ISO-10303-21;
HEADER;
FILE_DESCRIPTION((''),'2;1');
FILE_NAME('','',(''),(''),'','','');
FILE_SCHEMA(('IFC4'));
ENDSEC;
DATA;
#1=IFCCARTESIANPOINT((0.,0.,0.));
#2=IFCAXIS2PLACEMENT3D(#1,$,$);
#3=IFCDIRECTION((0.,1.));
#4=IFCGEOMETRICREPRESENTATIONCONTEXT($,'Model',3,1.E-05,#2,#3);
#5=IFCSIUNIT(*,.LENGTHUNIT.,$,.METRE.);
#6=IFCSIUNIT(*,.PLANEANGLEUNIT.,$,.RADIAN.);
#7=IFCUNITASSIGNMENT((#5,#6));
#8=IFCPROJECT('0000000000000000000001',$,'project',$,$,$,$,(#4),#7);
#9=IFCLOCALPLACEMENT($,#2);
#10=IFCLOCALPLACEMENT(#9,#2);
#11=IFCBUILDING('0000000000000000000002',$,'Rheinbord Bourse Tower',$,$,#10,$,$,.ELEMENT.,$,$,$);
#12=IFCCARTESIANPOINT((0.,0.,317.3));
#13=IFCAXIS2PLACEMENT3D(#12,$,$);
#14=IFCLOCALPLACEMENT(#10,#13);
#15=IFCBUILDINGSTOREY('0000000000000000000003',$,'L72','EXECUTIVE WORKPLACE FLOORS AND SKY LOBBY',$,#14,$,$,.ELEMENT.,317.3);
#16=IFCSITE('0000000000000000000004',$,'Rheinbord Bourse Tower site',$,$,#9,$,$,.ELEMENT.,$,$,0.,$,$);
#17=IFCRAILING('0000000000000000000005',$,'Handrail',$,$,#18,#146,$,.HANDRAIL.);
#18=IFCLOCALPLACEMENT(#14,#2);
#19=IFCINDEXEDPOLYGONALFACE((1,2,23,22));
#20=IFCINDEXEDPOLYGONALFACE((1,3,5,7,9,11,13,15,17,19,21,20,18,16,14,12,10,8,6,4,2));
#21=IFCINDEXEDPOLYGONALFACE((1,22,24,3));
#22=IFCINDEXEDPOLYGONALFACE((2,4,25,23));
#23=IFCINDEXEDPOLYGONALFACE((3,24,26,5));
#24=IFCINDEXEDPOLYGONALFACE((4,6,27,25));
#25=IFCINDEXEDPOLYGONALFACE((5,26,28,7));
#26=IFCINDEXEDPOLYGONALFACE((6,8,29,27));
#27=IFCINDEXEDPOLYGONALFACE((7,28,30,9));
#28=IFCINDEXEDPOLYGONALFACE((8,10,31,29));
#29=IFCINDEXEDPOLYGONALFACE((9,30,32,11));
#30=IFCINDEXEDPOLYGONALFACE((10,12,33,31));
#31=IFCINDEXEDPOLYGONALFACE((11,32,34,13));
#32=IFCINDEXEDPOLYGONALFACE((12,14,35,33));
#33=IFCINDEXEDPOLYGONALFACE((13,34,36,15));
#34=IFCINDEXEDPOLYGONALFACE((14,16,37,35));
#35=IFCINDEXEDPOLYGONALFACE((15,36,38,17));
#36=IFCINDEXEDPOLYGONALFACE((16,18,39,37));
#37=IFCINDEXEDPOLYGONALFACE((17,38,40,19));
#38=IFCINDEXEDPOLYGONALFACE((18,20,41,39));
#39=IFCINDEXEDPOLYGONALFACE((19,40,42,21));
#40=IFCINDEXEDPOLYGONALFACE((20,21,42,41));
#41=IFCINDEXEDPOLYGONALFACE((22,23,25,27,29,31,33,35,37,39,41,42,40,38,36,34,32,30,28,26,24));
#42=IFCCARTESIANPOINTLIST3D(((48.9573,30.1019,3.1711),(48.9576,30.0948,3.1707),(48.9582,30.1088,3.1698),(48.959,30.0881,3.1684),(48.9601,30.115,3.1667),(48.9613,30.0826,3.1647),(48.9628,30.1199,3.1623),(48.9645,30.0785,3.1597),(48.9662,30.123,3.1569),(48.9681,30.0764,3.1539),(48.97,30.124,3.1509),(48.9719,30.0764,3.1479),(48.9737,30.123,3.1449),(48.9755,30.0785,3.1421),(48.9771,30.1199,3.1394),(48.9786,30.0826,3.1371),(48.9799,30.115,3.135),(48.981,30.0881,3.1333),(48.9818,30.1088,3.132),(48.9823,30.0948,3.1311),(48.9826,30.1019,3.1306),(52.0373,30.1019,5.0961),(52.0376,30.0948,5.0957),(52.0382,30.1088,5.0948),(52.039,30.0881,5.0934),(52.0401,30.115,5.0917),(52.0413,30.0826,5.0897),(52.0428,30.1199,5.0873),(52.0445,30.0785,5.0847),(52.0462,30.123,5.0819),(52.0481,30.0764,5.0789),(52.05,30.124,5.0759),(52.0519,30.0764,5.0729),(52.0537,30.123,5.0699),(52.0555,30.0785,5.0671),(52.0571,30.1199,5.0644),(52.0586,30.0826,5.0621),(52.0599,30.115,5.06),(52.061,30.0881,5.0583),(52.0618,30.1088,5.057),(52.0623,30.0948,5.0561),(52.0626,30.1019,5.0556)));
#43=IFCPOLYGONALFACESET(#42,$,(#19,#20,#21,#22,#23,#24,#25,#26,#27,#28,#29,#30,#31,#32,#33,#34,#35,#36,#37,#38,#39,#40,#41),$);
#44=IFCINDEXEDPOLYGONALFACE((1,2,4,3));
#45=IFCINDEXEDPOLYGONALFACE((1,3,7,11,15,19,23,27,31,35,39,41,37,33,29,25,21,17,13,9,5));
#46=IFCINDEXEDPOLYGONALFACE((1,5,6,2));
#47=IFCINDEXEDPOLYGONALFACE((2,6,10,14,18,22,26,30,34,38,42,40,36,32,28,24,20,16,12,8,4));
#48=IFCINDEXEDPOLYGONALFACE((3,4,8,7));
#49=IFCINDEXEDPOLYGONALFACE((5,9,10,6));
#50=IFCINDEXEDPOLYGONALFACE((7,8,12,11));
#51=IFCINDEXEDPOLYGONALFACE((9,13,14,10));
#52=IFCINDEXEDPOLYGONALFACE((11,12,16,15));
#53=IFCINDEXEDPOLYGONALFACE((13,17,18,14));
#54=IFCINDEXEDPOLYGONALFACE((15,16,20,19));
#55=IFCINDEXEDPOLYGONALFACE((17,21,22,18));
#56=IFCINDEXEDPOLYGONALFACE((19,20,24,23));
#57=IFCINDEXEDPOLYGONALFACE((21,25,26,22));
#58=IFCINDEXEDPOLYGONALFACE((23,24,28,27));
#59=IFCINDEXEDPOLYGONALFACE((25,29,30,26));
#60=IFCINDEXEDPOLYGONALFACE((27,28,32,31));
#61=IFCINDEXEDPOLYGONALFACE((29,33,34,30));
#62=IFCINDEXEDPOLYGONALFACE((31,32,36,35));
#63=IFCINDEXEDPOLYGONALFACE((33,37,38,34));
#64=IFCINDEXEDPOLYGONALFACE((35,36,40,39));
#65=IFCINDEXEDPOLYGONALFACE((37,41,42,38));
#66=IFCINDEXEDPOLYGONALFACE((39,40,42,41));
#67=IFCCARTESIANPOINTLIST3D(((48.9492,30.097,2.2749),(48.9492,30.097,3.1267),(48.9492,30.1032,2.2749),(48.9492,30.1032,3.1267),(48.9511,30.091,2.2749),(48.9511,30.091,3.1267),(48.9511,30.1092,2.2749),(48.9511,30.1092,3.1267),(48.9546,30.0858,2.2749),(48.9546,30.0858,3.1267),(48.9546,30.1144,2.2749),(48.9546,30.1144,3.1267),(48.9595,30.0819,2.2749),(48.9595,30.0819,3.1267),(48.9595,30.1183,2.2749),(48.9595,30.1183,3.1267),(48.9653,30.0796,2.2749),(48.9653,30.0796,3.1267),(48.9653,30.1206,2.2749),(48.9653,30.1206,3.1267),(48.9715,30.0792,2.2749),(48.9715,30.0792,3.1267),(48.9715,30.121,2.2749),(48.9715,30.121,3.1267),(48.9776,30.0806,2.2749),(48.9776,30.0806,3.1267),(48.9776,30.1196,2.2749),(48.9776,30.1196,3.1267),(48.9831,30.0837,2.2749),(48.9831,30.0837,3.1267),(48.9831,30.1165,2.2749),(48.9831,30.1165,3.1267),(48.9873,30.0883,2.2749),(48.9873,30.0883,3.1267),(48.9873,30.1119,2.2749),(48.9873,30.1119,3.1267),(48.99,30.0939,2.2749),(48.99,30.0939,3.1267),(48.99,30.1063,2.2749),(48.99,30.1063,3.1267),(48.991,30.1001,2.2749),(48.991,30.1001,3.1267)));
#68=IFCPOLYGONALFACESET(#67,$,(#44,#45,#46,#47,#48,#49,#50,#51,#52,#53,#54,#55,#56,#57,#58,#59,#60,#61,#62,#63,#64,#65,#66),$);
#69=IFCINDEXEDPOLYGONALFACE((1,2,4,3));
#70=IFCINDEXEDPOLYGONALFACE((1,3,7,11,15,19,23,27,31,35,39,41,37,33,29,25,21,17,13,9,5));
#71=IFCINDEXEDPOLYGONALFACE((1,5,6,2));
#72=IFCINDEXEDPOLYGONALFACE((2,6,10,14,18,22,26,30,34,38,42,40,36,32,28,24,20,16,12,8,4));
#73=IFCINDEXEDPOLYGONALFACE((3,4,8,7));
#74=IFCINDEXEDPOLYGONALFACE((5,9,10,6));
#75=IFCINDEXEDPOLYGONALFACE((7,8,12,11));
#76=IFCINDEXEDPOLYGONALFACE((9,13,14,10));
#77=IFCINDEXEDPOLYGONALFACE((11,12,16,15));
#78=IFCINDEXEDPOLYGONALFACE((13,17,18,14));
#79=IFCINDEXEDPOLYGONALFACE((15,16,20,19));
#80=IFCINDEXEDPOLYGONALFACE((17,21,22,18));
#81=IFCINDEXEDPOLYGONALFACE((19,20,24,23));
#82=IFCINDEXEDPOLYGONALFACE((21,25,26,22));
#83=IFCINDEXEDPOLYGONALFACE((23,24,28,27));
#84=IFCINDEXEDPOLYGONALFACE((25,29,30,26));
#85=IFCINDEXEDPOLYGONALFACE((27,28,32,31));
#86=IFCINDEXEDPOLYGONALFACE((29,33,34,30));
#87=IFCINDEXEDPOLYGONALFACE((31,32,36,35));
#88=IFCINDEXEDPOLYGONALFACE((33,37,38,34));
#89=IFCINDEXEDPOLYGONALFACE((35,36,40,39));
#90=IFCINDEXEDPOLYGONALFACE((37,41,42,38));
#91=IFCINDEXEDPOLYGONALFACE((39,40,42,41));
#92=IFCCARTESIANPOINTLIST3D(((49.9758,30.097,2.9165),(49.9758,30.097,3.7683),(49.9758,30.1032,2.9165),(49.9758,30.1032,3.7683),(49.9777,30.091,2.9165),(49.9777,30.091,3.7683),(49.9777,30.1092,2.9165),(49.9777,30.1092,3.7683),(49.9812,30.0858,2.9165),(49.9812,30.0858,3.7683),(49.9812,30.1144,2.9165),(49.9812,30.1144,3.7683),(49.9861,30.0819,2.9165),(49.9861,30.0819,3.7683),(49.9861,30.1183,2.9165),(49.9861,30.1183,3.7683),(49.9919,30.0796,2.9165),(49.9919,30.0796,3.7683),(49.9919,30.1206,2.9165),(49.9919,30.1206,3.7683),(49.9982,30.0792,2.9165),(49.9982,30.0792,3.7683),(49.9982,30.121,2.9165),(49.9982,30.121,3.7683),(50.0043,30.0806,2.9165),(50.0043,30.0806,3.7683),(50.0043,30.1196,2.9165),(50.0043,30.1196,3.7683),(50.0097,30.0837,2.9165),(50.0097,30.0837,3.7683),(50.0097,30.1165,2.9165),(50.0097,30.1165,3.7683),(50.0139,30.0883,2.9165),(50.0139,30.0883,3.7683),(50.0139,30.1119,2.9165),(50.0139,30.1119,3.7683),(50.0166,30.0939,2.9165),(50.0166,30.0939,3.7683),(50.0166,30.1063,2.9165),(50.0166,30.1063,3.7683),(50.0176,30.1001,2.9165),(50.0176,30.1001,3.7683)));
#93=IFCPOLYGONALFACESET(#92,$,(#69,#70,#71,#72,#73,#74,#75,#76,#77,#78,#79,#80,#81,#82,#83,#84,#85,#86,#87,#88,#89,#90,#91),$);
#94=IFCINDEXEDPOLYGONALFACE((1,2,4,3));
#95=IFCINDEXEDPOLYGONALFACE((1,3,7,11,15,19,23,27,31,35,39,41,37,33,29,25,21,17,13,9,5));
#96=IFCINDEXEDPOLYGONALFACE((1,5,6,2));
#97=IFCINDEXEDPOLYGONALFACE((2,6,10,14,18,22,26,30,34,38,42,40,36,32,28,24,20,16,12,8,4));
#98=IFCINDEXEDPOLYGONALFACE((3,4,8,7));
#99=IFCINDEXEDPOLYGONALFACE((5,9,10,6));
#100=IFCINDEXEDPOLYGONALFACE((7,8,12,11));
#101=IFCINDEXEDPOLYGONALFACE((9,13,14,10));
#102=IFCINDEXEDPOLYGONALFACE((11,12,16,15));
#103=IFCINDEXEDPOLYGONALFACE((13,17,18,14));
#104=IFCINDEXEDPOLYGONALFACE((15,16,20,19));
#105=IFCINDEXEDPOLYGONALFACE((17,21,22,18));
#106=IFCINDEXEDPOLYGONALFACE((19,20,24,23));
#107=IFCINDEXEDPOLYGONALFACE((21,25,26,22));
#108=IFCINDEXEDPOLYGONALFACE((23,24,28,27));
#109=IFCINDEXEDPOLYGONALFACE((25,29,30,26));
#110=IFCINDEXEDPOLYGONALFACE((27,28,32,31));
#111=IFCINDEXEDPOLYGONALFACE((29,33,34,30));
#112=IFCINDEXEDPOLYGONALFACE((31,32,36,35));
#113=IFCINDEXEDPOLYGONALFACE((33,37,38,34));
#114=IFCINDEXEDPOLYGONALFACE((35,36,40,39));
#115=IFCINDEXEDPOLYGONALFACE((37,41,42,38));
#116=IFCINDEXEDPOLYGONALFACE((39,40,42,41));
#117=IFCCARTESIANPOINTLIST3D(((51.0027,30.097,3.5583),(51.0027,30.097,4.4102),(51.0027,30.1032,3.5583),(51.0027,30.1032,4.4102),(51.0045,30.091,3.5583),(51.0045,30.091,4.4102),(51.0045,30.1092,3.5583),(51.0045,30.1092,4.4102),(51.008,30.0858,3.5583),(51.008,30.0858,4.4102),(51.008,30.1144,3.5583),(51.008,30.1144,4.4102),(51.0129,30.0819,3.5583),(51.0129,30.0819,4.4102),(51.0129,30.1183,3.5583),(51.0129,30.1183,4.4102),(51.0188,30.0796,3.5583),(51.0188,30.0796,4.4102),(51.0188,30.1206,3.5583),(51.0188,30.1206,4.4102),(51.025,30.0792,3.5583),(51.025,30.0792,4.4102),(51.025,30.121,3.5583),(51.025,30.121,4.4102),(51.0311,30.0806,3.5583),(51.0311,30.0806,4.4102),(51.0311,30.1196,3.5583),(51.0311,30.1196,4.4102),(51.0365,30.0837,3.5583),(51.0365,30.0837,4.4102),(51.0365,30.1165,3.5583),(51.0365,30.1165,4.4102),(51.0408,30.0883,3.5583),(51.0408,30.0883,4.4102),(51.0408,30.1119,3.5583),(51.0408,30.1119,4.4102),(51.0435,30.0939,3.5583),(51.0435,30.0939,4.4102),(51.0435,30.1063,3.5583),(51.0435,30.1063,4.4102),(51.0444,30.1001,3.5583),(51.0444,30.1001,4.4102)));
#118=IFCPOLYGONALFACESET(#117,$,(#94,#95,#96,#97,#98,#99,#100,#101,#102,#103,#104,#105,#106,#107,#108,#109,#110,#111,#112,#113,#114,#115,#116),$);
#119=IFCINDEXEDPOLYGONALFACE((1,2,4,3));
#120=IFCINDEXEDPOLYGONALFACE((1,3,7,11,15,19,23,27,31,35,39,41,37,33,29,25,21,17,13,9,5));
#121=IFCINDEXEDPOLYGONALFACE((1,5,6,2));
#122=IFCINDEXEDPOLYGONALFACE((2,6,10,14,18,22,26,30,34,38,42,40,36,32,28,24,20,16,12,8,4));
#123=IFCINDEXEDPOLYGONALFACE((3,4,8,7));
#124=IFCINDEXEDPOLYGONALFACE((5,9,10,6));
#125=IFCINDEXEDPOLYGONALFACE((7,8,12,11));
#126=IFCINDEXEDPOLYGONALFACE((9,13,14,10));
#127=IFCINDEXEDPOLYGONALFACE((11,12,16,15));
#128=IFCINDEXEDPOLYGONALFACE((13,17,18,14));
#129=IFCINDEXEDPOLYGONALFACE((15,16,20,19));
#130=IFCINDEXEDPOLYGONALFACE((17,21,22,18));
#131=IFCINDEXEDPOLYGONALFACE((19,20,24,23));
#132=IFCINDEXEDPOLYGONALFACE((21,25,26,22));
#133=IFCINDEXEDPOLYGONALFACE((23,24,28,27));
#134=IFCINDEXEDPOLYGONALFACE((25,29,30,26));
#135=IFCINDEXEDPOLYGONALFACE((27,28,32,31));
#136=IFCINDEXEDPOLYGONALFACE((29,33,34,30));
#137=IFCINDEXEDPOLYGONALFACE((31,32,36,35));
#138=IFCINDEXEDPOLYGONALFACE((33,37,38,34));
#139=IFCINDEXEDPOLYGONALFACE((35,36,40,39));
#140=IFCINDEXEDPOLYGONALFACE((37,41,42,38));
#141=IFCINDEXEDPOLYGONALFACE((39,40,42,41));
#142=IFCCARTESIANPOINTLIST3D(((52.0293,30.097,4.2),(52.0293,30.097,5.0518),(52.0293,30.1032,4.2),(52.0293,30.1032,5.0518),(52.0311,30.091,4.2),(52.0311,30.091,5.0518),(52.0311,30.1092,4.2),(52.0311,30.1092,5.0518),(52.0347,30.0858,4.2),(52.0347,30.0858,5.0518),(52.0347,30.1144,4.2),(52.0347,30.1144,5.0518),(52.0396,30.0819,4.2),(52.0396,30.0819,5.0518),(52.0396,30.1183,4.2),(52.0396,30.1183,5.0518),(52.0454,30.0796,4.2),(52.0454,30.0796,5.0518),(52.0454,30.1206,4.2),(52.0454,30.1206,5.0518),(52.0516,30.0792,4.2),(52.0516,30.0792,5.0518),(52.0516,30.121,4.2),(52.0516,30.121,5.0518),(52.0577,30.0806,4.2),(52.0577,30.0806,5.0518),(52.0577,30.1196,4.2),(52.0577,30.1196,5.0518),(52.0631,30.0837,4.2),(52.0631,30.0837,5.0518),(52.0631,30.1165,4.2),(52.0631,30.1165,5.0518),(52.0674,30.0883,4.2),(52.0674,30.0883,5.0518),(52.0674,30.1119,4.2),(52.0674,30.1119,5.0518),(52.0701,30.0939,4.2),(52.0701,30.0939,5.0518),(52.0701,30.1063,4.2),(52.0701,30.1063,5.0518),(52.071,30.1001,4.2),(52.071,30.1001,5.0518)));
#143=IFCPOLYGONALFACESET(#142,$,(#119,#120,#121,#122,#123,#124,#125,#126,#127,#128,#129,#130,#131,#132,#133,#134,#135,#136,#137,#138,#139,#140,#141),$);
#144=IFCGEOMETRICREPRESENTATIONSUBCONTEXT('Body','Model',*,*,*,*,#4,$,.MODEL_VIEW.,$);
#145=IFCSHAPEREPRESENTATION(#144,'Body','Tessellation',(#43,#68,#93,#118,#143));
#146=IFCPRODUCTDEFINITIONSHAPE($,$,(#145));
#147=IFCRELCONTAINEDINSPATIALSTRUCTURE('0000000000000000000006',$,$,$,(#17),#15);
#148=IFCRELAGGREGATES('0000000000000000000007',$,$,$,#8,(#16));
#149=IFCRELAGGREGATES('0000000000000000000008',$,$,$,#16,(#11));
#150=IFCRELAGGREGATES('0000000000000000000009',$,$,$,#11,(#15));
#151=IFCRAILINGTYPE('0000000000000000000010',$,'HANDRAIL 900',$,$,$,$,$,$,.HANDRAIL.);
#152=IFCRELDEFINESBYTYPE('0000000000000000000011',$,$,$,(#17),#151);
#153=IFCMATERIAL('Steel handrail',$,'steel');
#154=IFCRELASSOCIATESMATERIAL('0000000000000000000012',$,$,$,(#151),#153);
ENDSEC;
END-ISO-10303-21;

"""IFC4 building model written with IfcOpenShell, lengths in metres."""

from ifc_helpers import new_model, si_unit, direction, frame, origin, origin_2d, place, context, subcontext, project, spatial, circle, extrude, material, type_object, element, save


model = new_model("IFC4")

# Units and contexts
model_context = context("Model", 3, precision=1e-05, world=origin(), true_north=direction((0.0, 1.0)))
body_context = subcontext(model_context, "Body", "Model", "MODEL_VIEW")
ifc_project = project(units=[si_unit("LENGTHUNIT", "METRE"), si_unit("PLANEANGLEUNIT", "RADIAN")], contexts=[model_context])

# Site, building, storey
site_placement = place(None, origin())
site = spatial("IfcSite", under=ifc_project, at=site_placement, Name="Rheinbord Bourse Tower site", CompositionType="ELEMENT", RefElevation=0.0)
building_placement = place(site_placement, origin())
building = spatial("IfcBuilding", under=site, at=building_placement, Name="Rheinbord Bourse Tower", CompositionType="ELEMENT")
storey_placement = place(building_placement, frame((0.0, 0.0, 317.3)))
storey = spatial("IfcBuildingStorey", under=building, at=storey_placement, Name="L72", Description="EXECUTIVE WORKPLACE FLOORS AND SKY LOBBY", CompositionType="ELEMENT", Elevation=317.3)

# Railing
ifc_material_1 = material(Name="Steel handrail", Category="steel")
railing_type = type_object("IfcRailingType", Name="HANDRAIL 900", PredefinedType="HANDRAIL", material=ifc_material_1)
railing_1_placement = place(storey_placement, frame((48.97, 30.1001, 2.2749)))
element("IfcRailing", 1, at=railing_1_placement, inside=storey, type_object=railing_type, Name="Handrail", PredefinedType="HANDRAIL", context=body_context, shape_type="SweptSolid", body=[
    extrude(circle(Radius=0.0239, at=origin_2d()), frame((0.0, 0.0, 0.876), z_axis=(0.847998, 0.0, 0.529999), x_axis=(0.0, 1.0, 0.0)), (0.0, 0.0, 1.0), 3.6321),
    extrude(circle(Radius=0.021, at=origin_2d()), origin(), (0.0, 0.0, 1.0), 0.8518),
    extrude(circle(Radius=0.021, at=origin_2d()), frame((1.0266, 0.0, 0.6416)), (0.0, 0.0, 1.0), 0.8518),
    extrude(circle(Radius=0.021, at=origin_2d()), frame((2.0535, 0.0, 1.2834)), (0.0, 0.0, 1.0), 0.8518),
    extrude(circle(Radius=0.021, at=origin_2d()), frame((3.0801, 0.0, 1.925)), (0.0, 0.0, 1.0), 0.8518),
])

save(model, "model.ifc")
